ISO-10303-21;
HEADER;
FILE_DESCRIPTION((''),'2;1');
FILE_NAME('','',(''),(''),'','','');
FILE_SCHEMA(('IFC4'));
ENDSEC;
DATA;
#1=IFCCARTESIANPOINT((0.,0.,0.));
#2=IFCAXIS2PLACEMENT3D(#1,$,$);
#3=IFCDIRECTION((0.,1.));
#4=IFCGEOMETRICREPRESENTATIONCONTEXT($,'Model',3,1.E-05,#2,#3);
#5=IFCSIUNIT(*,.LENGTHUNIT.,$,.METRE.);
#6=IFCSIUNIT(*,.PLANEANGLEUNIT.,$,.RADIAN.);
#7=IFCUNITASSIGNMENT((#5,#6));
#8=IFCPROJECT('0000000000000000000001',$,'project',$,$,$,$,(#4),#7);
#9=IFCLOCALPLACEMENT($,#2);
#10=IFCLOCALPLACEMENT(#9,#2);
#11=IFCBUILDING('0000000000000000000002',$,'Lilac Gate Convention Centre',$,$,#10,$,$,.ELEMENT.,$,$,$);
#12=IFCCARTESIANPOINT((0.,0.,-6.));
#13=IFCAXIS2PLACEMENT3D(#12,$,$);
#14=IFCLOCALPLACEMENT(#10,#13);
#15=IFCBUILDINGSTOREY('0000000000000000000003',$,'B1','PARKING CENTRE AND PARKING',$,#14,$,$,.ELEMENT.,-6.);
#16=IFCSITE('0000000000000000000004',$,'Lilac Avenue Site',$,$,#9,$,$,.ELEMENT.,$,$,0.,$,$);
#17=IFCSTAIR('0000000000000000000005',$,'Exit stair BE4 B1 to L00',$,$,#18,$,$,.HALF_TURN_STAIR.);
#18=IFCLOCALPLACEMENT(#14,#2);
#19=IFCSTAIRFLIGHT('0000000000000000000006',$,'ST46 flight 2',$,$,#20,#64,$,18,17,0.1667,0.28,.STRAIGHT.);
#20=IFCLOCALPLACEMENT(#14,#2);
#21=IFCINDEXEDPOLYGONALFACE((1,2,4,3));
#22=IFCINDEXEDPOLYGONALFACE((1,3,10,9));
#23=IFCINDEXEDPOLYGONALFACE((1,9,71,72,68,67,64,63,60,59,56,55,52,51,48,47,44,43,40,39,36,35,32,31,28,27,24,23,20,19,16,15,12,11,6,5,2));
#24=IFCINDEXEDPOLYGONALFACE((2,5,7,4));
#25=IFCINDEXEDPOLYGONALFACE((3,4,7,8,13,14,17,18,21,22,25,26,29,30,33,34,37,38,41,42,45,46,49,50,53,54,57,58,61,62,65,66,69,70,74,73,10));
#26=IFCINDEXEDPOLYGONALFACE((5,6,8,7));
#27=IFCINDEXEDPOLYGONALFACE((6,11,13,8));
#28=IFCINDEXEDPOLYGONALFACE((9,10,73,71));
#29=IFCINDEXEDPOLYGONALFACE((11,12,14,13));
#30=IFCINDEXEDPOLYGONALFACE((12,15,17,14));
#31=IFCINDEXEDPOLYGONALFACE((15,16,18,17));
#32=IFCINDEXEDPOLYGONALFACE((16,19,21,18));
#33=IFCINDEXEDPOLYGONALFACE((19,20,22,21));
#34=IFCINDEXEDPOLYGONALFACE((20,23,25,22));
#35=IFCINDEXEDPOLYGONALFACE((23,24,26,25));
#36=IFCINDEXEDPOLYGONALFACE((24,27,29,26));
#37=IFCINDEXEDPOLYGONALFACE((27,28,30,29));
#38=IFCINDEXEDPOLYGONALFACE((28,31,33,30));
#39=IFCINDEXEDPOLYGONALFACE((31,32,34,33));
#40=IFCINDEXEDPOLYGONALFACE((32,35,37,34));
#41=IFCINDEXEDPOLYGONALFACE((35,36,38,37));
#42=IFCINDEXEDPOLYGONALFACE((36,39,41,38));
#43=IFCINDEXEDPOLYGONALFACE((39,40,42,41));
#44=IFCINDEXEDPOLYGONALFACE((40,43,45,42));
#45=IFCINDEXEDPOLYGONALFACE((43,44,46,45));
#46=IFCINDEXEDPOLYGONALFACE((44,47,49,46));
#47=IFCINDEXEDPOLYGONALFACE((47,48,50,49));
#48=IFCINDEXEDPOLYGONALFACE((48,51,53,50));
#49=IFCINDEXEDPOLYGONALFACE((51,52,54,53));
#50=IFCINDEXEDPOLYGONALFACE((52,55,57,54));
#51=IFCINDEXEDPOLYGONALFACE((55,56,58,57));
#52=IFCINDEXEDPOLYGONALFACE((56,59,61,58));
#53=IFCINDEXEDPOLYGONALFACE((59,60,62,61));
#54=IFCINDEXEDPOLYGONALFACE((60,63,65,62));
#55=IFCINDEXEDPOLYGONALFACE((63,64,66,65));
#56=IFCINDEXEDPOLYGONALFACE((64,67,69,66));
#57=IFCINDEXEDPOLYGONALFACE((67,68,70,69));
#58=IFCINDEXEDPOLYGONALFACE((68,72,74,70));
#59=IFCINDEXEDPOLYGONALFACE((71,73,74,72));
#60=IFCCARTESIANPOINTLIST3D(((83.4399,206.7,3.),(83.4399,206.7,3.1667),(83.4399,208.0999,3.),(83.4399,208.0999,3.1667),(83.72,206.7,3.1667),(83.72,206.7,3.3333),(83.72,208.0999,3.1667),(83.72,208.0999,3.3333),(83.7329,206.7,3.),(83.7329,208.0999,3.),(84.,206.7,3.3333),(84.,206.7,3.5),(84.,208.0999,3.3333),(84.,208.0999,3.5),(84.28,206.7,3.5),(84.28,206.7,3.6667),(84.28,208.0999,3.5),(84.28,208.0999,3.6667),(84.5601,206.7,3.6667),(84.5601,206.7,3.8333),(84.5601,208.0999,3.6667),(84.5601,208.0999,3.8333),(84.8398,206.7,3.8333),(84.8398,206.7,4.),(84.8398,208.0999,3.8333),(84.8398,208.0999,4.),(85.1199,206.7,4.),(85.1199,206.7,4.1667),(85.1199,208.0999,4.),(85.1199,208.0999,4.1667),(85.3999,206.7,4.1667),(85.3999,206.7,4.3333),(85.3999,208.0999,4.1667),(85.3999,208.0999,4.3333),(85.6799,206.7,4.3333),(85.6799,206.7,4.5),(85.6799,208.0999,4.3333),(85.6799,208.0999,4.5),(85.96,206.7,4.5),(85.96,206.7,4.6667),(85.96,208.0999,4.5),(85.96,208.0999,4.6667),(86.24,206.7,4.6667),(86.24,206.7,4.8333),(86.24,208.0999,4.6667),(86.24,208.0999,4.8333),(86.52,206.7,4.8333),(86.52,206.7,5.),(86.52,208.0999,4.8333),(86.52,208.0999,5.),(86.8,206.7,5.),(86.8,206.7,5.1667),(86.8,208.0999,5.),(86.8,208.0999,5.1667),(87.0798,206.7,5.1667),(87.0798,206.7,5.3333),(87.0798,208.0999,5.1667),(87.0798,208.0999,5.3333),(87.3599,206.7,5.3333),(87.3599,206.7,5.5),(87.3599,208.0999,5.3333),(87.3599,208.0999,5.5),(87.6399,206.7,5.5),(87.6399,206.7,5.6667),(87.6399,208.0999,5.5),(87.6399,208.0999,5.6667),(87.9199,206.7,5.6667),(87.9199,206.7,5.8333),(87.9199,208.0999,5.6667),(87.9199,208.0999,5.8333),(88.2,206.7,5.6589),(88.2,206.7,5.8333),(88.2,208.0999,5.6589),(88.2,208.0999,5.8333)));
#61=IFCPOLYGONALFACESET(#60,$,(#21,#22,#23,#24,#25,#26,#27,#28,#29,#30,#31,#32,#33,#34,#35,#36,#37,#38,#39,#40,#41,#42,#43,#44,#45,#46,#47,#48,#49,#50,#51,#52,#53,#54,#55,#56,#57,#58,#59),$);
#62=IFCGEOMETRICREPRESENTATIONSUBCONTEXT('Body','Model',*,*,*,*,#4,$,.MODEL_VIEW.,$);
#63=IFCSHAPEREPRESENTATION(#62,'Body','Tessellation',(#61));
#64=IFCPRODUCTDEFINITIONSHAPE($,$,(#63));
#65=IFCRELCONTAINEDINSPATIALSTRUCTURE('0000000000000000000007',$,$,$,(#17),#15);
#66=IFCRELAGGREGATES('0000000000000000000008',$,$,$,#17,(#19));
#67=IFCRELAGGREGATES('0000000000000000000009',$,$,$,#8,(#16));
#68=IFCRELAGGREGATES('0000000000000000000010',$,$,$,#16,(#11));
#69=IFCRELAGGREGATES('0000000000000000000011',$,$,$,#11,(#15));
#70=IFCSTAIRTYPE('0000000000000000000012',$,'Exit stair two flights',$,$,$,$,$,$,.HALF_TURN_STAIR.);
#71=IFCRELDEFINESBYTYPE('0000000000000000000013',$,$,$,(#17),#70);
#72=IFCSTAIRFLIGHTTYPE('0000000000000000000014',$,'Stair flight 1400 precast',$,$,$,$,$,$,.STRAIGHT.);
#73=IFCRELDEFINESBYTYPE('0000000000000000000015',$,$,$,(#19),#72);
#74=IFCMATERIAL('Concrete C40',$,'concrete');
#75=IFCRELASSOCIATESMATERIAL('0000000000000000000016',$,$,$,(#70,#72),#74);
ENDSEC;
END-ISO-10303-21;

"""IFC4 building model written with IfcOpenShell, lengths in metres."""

from ifc_helpers import new_model, si_unit, direction, frame, origin, place, context, subcontext, project, spatial, polyline, outline, extrude, material, type_object, element, aggregate, save


model = new_model("IFC4")

# Units and contexts
model_context = context("Model", 3, precision=1e-05, world=origin(), true_north=direction((0.0, 1.0)))
body_context = subcontext(model_context, "Body", "Model", "MODEL_VIEW")
ifc_project = project(units=[si_unit("LENGTHUNIT", "METRE"), si_unit("PLANEANGLEUNIT", "RADIAN")], contexts=[model_context])

# Site, building, storey
site_placement = place(None, origin())
site = spatial("IfcSite", under=ifc_project, at=site_placement, Name="Lilac Avenue Site", CompositionType="ELEMENT", RefElevation=0.0)
building_placement = place(site_placement, origin())
building = spatial("IfcBuilding", under=site, at=building_placement, Name="Lilac Gate Convention Centre", CompositionType="ELEMENT")
storey_placement = place(building_placement, frame((0.0, 0.0, -6.0)))
storey = spatial("IfcBuildingStorey", under=building, at=storey_placement, Name="B1", Description="PARKING CENTRE AND PARKING", CompositionType="ELEMENT", Elevation=-6.0)

# Shared definitions
ifc_material_1 = material(Name="Concrete C40", Category="concrete")

# Stair, stair flight
stair_type = type_object("IfcStairType", Name="Exit stair two flights", PredefinedType="HALF_TURN_STAIR", material=ifc_material_1)
stair_flight_type = type_object("IfcStairFlightType", Name="Stair flight 1400 precast", PredefinedType="STRAIGHT", material=ifc_material_1)
stair_1_placement = place(storey_placement, origin())
stair_1 = element("IfcStair", 1, at=stair_1_placement, inside=storey, type_object=stair_type, Name="Exit stair BE4 B1 to L00", PredefinedType="HALF_TURN_STAIR")
stair_flight_1_placement = place(storey_placement, frame((83.4399, 207.3999, 3.0), z_axis=(0.0, 0.0, 1.0), x_axis=(1.0, 0.0, 0.0)))
stair_flight_1 = element("IfcStairFlight", 2, at=stair_flight_1_placement, type_object=stair_flight_type, Name="ST46 flight 2", NumberOfRisers=18, NumberOfTreads=17, PredefinedType="STRAIGHT", RiserHeight=0.1667, TreadLength=0.28, context=body_context, shape_type="SweptSolid", body=[
    extrude(outline(polyline([(0.0, 0.0), (0.0, 0.1667), (0.28, 0.1667), (0.28, 0.3333), (0.5601, 0.3333), (0.5601, 0.5), (0.8401, 0.5), (0.8401, 0.6667), (1.1201, 0.6667), (1.1201, 0.8333), (1.3999, 0.8333), (1.3999, 1.0), (1.6799, 1.0), (1.6799, 1.1667), (1.96, 1.1667), (1.96, 1.3333), (2.24, 1.3333), (2.24, 1.5), (2.52, 1.5), (2.52, 1.6667), (2.8, 1.6667), (2.8, 1.8333), (3.0801, 1.8333), (3.0801, 2.0), (3.3601, 2.0), (3.3601, 2.1667), (3.6399, 2.1667), (3.6399, 2.3333), (3.9199, 2.3333), (3.9199, 2.5), (4.2, 2.5), (4.2, 2.6667), (4.48, 2.6667), (4.48, 2.8333), (4.76, 2.8333), (4.76, 3.0), (4.76, 2.6589), (0.293, 0.0), (0.0, 0.0)])), frame((0.0, 0.7, 0.0), z_axis=(0.0, -1.0, 0.0), x_axis=(1.0, 0.0, 0.0)), (0.0, 0.0, 1.0), 1.3999),
])
aggregate(stair_1, [stair_flight_1])

save(model, "model.ifc")
